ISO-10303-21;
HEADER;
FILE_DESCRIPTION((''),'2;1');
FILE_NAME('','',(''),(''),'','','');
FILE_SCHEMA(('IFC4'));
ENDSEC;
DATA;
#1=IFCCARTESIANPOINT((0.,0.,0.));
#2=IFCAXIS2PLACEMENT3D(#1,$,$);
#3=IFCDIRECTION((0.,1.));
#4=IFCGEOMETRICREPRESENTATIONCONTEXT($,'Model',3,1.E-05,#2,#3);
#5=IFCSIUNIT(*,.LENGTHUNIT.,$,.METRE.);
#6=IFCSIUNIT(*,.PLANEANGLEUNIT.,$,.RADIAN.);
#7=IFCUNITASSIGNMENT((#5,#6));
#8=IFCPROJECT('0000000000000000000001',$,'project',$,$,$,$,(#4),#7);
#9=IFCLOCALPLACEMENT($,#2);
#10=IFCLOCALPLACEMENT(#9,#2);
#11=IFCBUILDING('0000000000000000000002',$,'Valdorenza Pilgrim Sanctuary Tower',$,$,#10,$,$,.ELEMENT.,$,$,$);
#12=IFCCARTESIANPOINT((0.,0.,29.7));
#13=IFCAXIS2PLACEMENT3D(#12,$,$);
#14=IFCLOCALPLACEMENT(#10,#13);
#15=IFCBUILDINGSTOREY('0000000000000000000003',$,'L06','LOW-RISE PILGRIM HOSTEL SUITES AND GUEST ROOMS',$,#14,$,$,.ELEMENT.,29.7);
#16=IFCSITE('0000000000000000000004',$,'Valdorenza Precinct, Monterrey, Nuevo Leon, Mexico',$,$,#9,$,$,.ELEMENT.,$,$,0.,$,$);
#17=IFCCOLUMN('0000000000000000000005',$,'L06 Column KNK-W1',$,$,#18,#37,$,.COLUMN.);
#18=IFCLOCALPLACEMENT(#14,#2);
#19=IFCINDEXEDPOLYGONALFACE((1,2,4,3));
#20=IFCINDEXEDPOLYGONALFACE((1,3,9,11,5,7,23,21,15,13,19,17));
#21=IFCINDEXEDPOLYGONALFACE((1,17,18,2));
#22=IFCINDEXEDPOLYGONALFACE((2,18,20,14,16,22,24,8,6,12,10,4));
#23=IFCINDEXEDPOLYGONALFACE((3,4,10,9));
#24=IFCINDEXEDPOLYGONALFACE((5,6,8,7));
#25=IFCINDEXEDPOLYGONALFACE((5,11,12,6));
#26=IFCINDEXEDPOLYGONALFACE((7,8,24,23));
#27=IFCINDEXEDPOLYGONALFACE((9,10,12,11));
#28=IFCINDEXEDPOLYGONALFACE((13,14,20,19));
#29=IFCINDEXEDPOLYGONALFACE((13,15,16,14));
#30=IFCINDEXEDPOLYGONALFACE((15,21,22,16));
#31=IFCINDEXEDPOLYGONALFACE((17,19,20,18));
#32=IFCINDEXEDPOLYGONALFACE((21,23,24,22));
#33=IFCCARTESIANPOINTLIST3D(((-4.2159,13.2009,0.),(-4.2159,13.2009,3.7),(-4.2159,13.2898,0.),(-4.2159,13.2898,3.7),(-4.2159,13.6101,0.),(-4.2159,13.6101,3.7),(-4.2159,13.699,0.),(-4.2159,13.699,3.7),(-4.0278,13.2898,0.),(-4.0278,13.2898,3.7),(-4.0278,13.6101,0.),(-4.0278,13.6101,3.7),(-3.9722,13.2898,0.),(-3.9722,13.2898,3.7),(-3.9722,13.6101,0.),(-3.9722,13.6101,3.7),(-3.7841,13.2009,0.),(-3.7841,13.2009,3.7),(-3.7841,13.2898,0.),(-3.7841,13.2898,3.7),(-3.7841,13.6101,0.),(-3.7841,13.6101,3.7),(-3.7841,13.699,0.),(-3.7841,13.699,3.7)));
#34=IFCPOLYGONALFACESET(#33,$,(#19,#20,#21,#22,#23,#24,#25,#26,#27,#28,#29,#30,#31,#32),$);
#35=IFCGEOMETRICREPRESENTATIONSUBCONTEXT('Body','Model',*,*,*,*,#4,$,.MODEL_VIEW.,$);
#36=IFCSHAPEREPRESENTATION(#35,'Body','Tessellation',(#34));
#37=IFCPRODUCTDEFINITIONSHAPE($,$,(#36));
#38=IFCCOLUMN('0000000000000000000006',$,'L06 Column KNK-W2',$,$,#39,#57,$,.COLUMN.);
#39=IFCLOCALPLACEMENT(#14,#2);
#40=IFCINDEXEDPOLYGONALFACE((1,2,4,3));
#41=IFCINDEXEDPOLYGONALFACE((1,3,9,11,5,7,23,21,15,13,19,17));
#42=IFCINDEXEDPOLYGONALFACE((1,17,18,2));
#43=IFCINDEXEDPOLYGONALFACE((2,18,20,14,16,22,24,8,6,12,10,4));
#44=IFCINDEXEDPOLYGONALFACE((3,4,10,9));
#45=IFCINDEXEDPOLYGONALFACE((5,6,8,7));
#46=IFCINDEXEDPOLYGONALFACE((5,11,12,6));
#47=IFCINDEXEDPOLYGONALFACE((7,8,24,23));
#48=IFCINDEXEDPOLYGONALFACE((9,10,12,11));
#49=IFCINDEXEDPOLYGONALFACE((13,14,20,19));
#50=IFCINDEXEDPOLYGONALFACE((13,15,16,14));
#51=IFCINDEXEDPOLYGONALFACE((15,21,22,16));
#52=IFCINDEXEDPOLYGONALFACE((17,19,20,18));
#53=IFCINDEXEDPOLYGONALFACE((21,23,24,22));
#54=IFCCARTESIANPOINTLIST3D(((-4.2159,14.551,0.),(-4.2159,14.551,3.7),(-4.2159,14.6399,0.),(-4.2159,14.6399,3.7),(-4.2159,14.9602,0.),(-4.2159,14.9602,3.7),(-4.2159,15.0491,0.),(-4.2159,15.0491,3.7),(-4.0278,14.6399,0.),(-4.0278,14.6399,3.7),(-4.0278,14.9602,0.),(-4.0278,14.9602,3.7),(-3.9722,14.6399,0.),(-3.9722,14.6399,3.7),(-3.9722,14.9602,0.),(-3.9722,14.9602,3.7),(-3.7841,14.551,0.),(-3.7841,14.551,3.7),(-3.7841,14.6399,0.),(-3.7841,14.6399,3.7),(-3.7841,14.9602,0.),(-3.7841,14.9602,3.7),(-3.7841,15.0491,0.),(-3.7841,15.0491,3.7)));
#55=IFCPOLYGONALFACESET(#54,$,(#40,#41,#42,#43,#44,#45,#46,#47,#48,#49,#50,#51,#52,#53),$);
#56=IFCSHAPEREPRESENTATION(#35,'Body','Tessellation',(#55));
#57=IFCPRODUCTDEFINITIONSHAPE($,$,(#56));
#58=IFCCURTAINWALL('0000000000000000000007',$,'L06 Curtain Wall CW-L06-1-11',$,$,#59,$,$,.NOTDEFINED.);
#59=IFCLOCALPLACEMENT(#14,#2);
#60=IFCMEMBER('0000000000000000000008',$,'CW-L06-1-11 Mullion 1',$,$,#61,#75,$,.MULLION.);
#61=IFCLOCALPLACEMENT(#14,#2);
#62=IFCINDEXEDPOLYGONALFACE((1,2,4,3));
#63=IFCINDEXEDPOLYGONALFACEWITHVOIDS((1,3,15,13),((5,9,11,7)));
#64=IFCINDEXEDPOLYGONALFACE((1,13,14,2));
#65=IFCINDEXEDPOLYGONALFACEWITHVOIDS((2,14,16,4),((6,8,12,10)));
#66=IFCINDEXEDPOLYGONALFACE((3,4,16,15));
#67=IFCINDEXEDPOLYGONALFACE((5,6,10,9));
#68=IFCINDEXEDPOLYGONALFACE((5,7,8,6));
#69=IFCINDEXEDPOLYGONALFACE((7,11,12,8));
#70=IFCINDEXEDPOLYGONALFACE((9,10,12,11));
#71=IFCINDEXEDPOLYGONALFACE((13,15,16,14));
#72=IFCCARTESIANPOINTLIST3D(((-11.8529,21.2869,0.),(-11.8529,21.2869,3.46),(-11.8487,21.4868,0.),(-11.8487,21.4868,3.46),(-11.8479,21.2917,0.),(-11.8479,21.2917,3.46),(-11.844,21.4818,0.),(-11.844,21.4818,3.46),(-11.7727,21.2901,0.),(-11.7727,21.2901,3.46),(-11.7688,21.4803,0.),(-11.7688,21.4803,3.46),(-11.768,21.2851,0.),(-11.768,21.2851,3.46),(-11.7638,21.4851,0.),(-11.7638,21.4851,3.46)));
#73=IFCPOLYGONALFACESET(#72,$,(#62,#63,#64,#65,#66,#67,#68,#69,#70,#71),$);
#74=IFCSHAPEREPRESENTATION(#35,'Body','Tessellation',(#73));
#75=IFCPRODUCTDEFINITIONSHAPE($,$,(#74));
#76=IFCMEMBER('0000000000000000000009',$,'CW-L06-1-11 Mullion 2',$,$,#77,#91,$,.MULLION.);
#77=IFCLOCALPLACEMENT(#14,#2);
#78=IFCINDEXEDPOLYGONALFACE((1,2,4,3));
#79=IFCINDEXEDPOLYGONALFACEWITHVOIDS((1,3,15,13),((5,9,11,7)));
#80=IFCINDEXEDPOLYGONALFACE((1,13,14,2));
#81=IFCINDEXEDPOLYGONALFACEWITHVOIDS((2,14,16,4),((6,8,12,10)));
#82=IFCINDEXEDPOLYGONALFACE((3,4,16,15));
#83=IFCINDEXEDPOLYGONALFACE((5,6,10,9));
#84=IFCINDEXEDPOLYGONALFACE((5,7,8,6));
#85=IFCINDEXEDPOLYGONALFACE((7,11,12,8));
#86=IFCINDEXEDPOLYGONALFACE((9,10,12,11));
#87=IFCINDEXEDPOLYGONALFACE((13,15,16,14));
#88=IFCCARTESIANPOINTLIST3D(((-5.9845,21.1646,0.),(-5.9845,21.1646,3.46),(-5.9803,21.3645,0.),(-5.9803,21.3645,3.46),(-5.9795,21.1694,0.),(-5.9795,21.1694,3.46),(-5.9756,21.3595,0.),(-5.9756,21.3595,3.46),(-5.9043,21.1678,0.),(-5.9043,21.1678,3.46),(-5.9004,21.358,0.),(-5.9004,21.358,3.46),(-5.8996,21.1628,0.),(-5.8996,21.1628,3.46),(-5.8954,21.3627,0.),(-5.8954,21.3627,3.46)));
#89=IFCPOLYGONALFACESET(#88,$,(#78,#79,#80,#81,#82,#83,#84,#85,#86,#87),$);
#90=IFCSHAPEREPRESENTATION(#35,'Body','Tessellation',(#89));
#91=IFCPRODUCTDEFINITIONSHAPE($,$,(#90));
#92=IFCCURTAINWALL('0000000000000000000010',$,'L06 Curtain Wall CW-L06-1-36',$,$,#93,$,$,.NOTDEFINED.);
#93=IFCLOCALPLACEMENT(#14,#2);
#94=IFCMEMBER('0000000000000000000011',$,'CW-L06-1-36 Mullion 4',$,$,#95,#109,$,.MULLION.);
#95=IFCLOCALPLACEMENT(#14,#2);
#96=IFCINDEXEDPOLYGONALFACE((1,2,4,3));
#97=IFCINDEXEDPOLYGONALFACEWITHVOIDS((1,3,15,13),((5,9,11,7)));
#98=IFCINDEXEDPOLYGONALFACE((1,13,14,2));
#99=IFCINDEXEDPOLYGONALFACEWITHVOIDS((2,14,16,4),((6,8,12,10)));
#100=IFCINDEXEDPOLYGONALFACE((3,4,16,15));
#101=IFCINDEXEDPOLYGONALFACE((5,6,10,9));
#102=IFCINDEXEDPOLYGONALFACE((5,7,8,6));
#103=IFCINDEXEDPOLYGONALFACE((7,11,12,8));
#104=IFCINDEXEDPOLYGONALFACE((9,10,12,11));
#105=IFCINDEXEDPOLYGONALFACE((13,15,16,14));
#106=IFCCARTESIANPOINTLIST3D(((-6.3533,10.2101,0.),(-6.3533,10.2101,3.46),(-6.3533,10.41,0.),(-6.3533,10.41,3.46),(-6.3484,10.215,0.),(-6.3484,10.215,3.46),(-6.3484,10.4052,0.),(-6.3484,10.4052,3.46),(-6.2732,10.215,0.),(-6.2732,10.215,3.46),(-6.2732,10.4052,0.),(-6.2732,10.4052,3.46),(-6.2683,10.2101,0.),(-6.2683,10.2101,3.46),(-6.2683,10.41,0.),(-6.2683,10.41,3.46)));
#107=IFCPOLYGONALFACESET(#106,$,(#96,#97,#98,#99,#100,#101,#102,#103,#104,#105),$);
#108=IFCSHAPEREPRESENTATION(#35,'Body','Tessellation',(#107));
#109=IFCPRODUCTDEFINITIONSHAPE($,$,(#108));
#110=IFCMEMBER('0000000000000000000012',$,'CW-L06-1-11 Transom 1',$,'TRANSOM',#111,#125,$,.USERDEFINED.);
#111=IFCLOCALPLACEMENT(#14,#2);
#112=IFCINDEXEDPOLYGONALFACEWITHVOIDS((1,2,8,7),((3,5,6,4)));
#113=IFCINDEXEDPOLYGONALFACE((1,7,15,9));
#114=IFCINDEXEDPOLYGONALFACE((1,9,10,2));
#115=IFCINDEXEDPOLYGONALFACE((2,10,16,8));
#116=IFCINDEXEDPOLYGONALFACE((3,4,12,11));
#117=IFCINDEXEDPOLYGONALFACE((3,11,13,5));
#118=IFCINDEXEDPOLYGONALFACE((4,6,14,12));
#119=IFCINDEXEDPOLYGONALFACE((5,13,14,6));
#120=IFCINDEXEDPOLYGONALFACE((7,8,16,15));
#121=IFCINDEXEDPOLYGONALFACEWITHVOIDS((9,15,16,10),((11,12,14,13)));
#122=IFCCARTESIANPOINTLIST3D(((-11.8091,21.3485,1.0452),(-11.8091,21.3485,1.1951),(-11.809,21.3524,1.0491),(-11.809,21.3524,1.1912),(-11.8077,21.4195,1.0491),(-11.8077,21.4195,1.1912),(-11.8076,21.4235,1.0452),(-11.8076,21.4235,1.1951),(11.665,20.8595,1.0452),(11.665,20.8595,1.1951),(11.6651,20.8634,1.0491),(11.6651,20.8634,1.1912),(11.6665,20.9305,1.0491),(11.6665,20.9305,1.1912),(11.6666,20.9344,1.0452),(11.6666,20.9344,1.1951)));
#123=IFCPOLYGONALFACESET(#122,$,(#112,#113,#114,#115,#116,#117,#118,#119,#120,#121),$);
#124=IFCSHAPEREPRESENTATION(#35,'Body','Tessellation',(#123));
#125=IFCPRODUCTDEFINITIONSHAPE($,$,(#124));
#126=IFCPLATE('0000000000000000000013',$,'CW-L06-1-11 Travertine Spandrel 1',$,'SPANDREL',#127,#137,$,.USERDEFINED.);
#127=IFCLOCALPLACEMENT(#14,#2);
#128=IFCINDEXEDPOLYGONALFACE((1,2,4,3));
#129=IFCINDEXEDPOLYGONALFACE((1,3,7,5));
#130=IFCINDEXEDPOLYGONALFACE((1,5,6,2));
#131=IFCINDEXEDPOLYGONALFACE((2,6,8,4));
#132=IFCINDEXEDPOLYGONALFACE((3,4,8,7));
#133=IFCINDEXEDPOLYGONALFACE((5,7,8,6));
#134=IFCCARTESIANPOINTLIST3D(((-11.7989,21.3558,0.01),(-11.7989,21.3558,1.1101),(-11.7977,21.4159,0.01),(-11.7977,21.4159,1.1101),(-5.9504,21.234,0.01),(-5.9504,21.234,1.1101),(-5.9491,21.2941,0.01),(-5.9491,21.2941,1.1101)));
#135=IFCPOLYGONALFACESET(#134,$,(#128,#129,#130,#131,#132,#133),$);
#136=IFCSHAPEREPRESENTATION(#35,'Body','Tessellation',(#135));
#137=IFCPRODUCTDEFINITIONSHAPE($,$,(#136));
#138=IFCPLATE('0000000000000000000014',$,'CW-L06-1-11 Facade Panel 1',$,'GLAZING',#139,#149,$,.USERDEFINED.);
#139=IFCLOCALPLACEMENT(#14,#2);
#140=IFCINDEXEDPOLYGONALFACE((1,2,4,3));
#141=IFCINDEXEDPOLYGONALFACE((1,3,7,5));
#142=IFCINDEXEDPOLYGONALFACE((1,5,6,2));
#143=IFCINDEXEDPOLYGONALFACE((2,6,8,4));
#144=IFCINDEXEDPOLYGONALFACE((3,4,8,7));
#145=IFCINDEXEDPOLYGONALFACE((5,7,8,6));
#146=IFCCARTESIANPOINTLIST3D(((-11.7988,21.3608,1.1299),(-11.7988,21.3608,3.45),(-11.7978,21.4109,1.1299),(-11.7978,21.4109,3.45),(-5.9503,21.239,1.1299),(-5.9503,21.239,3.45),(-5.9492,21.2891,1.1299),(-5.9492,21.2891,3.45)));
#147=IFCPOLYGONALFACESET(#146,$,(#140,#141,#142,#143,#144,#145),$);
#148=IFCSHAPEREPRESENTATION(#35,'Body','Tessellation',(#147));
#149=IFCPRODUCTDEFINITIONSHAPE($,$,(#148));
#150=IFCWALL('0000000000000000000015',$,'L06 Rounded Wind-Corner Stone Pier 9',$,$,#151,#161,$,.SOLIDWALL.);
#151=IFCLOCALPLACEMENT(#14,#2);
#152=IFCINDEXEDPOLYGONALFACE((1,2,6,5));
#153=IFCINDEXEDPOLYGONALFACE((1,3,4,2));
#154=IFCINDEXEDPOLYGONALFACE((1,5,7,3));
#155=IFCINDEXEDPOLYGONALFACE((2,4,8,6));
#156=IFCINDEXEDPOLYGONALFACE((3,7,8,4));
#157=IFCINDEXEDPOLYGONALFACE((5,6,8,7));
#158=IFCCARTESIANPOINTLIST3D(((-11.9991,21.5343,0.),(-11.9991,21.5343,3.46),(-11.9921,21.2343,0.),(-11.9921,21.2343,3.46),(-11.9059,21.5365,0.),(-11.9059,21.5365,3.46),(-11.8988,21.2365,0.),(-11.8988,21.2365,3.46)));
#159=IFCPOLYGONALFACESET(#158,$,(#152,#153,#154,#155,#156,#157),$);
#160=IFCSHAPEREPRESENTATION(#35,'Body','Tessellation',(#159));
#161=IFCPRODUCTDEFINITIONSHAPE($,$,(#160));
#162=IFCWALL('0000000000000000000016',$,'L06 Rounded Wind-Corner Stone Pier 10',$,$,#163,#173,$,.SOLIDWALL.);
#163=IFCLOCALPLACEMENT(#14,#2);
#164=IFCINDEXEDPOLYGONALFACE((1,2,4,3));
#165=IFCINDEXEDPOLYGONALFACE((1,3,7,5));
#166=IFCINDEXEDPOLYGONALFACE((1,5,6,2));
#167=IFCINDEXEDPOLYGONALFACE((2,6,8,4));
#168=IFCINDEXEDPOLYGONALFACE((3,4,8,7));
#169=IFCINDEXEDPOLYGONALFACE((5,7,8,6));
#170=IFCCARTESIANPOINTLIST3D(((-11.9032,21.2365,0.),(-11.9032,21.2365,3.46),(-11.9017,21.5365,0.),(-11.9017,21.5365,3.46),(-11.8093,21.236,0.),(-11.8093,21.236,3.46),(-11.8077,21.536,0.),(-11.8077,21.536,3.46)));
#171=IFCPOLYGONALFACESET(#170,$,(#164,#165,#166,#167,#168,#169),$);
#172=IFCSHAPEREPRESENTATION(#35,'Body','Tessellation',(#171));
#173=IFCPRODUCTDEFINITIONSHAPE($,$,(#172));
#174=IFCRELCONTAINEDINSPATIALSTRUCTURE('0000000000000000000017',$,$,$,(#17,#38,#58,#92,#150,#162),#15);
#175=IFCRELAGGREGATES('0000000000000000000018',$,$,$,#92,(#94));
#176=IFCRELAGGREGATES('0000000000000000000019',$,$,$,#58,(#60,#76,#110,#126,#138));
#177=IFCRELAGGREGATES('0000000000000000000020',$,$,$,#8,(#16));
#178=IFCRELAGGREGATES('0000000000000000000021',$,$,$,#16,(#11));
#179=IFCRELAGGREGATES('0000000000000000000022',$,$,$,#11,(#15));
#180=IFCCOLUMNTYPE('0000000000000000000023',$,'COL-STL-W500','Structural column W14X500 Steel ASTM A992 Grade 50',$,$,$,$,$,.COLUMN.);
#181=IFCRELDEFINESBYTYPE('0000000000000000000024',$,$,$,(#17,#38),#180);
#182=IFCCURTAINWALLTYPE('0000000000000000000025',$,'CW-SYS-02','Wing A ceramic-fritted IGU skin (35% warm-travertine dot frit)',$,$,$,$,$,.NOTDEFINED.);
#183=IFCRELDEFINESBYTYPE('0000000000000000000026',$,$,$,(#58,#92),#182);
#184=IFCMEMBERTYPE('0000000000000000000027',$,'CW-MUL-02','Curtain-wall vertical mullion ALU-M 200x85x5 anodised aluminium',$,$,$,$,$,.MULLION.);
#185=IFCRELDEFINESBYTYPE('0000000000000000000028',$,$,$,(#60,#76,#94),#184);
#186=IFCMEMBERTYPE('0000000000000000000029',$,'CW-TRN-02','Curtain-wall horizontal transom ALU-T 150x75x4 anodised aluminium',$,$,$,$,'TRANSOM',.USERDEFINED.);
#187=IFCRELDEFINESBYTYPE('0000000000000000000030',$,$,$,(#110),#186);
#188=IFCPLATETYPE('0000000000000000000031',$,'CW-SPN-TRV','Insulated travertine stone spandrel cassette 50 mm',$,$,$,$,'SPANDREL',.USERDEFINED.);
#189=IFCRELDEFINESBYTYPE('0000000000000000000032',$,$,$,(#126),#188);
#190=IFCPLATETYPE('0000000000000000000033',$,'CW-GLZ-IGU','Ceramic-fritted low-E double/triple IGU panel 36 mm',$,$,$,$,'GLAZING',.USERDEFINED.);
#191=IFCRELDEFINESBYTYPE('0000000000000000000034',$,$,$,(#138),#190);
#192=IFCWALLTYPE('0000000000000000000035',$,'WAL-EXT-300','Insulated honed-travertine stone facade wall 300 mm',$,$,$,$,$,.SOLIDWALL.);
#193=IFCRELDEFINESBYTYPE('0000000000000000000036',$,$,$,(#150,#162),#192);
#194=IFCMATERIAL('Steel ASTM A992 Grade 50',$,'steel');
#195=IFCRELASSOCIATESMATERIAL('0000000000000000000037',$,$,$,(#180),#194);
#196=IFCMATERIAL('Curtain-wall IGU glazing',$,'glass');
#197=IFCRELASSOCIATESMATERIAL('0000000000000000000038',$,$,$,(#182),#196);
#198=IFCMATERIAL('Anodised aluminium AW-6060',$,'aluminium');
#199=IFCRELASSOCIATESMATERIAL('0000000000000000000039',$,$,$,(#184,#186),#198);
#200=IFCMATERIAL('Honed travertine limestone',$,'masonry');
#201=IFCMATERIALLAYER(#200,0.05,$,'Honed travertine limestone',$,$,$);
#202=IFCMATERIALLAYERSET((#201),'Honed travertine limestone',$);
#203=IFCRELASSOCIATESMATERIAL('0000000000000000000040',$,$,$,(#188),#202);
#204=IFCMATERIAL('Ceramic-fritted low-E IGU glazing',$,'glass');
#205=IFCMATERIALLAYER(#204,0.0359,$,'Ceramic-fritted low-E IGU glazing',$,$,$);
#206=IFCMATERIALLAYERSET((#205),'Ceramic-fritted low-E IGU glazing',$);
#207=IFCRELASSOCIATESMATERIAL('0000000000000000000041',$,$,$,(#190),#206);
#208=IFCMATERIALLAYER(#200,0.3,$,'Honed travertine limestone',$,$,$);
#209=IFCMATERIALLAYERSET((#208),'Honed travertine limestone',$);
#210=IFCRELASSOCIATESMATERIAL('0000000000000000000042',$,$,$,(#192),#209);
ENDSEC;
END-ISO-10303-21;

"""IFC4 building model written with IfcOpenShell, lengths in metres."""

from ifc_helpers import new_model, si_unit, direction, frame, frame_2d, origin, origin_2d, place, context, subcontext, project, spatial, rectangle, hollow_rectangle, i_section, extrude, source, transform, mapped, material, layer, layer_set, material_profile, profile_set, type_object, element, aggregate, save


model = new_model("IFC4")

# Units and contexts
model_context = context("Model", 3, precision=1e-05, world=origin(), true_north=direction((0.0, 1.0)))
body_context = subcontext(model_context, "Body", "Model", "MODEL_VIEW")
ifc_project = project(units=[si_unit("LENGTHUNIT", "METRE"), si_unit("PLANEANGLEUNIT", "RADIAN")], contexts=[model_context])

# Site, building, storey
site_placement = place(None, origin())
site = spatial("IfcSite", under=ifc_project, at=site_placement, Name="Valdorenza Precinct, Monterrey, Nuevo Leon, Mexico", CompositionType="ELEMENT", RefElevation=0.0)
building_placement = place(site_placement, origin())
building = spatial("IfcBuilding", under=site, at=building_placement, Name="Valdorenza Pilgrim Sanctuary Tower", CompositionType="ELEMENT")
storey_placement = place(building_placement, frame((0.0, 0.0, 29.7)))
storey = spatial("IfcBuildingStorey", under=building, at=storey_placement, Name="L06", Description="LOW-RISE PILGRIM HOSTEL SUITES AND GUEST ROOMS", CompositionType="ELEMENT", Elevation=29.7)

# Columns
ifc_material_1 = material(Name="Steel ASTM A992 Grade 50", Category="steel")
ifc_material_profile_1 = material_profile(ifc_material_1, i_section(OverallWidth=0.4319, OverallDepth=0.498, WebThickness=0.0557, FlangeThickness=0.0889, at=origin_2d()), Name="W14X500")
ifc_profile_set_1 = profile_set([ifc_material_profile_1], Name="Steel ASTM A992 Grade 50")
column_type = type_object("IfcColumnType", Name="COL-STL-W500", Description="Structural column W14X500 Steel ASTM A992 Grade 50", PredefinedType="COLUMN", material=ifc_profile_set_1)
shared_shape_1 = source(origin(), body_context, "Body", "SweptSolid", [
    extrude(i_section(OverallWidth=0.4319, OverallDepth=0.498, WebThickness=0.0557, FlangeThickness=0.0889, at=origin_2d()), origin(), (0.0, 0.0, 1.0), 3.7),
])
for number, where, z_axis, x_axis, name in (
    (1, (-4.0, 13.45, 0.0), (0.0, 0.0, 1.0), (1.0, 0.0, 0.0), "L06 Column KNK-W1"),
    (2, (-4.0, 14.8, 0.0), (0.0, 0.0, 1.0), (1.0, 0.0, 0.0), "L06 Column KNK-W2"),
):
    element("IfcColumn", number, at=place(storey_placement, frame(where, z_axis=z_axis, x_axis=x_axis)), inside=storey, type_object=column_type, Name=name, PredefinedType="COLUMN", context=body_context, shape_type="MappedRepresentation", body=[
        mapped(shared_shape_1, transform((0.0, 0.0, 0.0), x_axis=(1.0, 0.0, 0.0), y_axis=(0.0, 1.0, 0.0), z_axis=(0.0, 0.0, 1.0), scale=1.0)),
    ])

# Curtain wall, members
ifc_material_2 = material(Name="Curtain-wall IGU glazing", Category="glass")
curtain_wall_type = type_object("IfcCurtainWallType", Name="CW-SYS-02", Description="Wing A ceramic-fritted IGU skin (35% warm-travertine dot frit)", PredefinedType="NOTDEFINED", material=ifc_material_2)
curtain_wall_1_placement = place(storey_placement, origin())
curtain_wall_1 = element("IfcCurtainWall", 3, at=curtain_wall_1_placement, inside=storey, type_object=curtain_wall_type, Name="L06 Curtain Wall CW-L06-1-11", PredefinedType="NOTDEFINED")
ifc_material_3 = material(Name="Anodised aluminium AW-6060", Category="aluminium")
ifc_material_profile_2 = material_profile(ifc_material_3, hollow_rectangle(XDim=0.085, YDim=0.2, WallThickness=0.0049, at=origin_2d()), Name="ALU-M 200x85x5")
ifc_profile_set_2 = profile_set([ifc_material_profile_2], Name="Anodised aluminium AW-6060")
member_type_1 = type_object("IfcMemberType", Name="CW-MUL-02", Description="Curtain-wall vertical mullion ALU-M 200x85x5 anodised aluminium", PredefinedType="MULLION", material=ifc_profile_set_2)
shared_shape_2 = source(origin(), body_context, "Body", "SweptSolid", [
    extrude(hollow_rectangle(XDim=0.085, YDim=0.2, WallThickness=0.0049, at=origin_2d()), origin(), (0.0, 0.0, 1.0), 3.46),
])
member_1_placement = place(storey_placement, frame((-11.8083, 21.386, 0.0), z_axis=(0.0, 0.0, 1.0), x_axis=(0.999783, -0.02082, 0.0)))
member_1 = element("IfcMember", 4, at=member_1_placement, type_object=member_type_1, Name="CW-L06-1-11 Mullion 1", PredefinedType="MULLION", context=body_context, shape_type="MappedRepresentation", body=[
    mapped(shared_shape_2, transform((0.0, 0.0, 0.0), x_axis=(1.0, 0.0, 0.0), y_axis=(0.0, 1.0, 0.0), z_axis=(0.0, 0.0, 1.0), scale=1.0)),
])
member_2_placement = place(storey_placement, frame((-5.9399, 21.2637, 0.0), z_axis=(0.0, 0.0, 1.0), x_axis=(0.999783, -0.02082, 0.0)))
member_2 = element("IfcMember", 5, at=member_2_placement, type_object=member_type_1, Name="CW-L06-1-11 Mullion 2", PredefinedType="MULLION", context=body_context, shape_type="MappedRepresentation", body=[
    mapped(shared_shape_2, transform((0.0, 0.0, 0.0), x_axis=(1.0, 0.0, 0.0), y_axis=(0.0, 1.0, 0.0), z_axis=(0.0, 0.0, 1.0), scale=1.0)),
])

# Curtain wall, member
curtain_wall_2_placement = place(storey_placement, origin())
curtain_wall_2 = element("IfcCurtainWall", 6, at=curtain_wall_2_placement, inside=storey, type_object=curtain_wall_type, Name="L06 Curtain Wall CW-L06-1-36", PredefinedType="NOTDEFINED")
member_3_placement = place(storey_placement, frame((-6.3108, 10.3101, 0.0), z_axis=(0.0, 0.0, 1.0), x_axis=(-1.0, 0.0, 0.0)))
member_3 = element("IfcMember", 7, at=member_3_placement, type_object=member_type_1, Name="CW-L06-1-36 Mullion 4", PredefinedType="MULLION", context=body_context, shape_type="MappedRepresentation", body=[
    mapped(shared_shape_2, transform((0.0, 0.0, 0.0), x_axis=(1.0, 0.0, 0.0), y_axis=(0.0, 1.0, 0.0), z_axis=(0.0, 0.0, 1.0), scale=1.0)),
])
aggregate(curtain_wall_2, [member_3])

# Member
ifc_material_profile_3 = material_profile(ifc_material_3, hollow_rectangle(XDim=0.075, YDim=0.1499, WallThickness=0.0039, at=origin_2d()), Name="ALU-T 150x75x4")
ifc_profile_set_3 = profile_set([ifc_material_profile_3], Name="Anodised aluminium AW-6060")
member_type_2 = type_object("IfcMemberType", Name="CW-TRN-02", Description="Curtain-wall horizontal transom ALU-T 150x75x4 anodised aluminium", ElementType="TRANSOM", PredefinedType="USERDEFINED", material=ifc_profile_set_3)
shared_shape_3 = source(origin(), body_context, "Body", "SweptSolid", [
    extrude(hollow_rectangle(XDim=0.075, YDim=0.1499, WallThickness=0.0039, at=origin_2d()), origin(), (0.0, 0.0, 1.0), 23.4792),
])
member_4_placement = place(storey_placement, frame((-11.8083, 21.386, 1.1201), z_axis=(0.999783, -0.020828, 0.0), x_axis=(0.020828, 0.999783, 0.0)))
member_4 = element("IfcMember", 8, at=member_4_placement, type_object=member_type_2, Name="CW-L06-1-11 Transom 1", ObjectType="TRANSOM", PredefinedType="USERDEFINED", context=body_context, shape_type="MappedRepresentation", body=[
    mapped(shared_shape_3, transform((0.0, 0.0, 0.0), x_axis=(1.0, 0.0, 0.0), y_axis=(0.0, 1.0, 0.0), z_axis=(0.0, 0.0, 1.0), scale=1.0)),
])

# Plates
ifc_material_4 = material(Name="Honed travertine limestone", Category="masonry")
ifc_layer_1 = layer(ifc_material_4, 0.05, Name="Honed travertine limestone")
ifc_layer_set_1 = layer_set([ifc_layer_1], Name="Honed travertine limestone")
plate_type_1 = type_object("IfcPlateType", Name="CW-SPN-TRV", Description="Insulated travertine stone spandrel cassette 50 mm", ElementType="SPANDREL", PredefinedType="USERDEFINED", material=ifc_layer_set_1)
shared_shape_4 = source(origin(), body_context, "Body", "SweptSolid", [
    extrude(rectangle(XDim=5.8499, YDim=0.0601, at=origin_2d()), origin(), (0.0, 0.0, 1.0), 1.1001),
])
plate_1_placement = place(storey_placement, frame((-8.874, 21.325, 0.01), z_axis=(0.0, 0.0, 1.0), x_axis=(0.999783, -0.02082, 0.0)))
plate_1 = element("IfcPlate", 9, at=plate_1_placement, type_object=plate_type_1, Name="CW-L06-1-11 Travertine Spandrel 1", ObjectType="SPANDREL", PredefinedType="USERDEFINED", context=body_context, shape_type="MappedRepresentation", body=[
    mapped(shared_shape_4, transform((0.0, 0.0, 0.0), x_axis=(1.0, 0.0, 0.0), y_axis=(0.0, 1.0, 0.0), z_axis=(0.0, 0.0, 1.0), scale=1.0)),
])
ifc_material_5 = material(Name="Ceramic-fritted low-E IGU glazing", Category="glass")
ifc_layer_2 = layer(ifc_material_5, 0.0359, Name="Ceramic-fritted low-E IGU glazing")
ifc_layer_set_2 = layer_set([ifc_layer_2], Name="Ceramic-fritted low-E IGU glazing")
plate_type_2 = type_object("IfcPlateType", Name="CW-GLZ-IGU", Description="Ceramic-fritted low-E double/triple IGU panel 36 mm", ElementType="GLAZING", PredefinedType="USERDEFINED", material=ifc_layer_set_2)
shared_shape_5 = source(origin(), body_context, "Body", "SweptSolid", [
    extrude(rectangle(XDim=5.8499, YDim=0.05, at=origin_2d()), origin(), (0.0, 0.0, 1.0), 2.3201),
])
plate_2_placement = place(storey_placement, frame((-8.874, 21.325, 1.1299), z_axis=(0.0, 0.0, 1.0), x_axis=(0.999783, -0.02082, 0.0)))
plate_2 = element("IfcPlate", 10, at=plate_2_placement, type_object=plate_type_2, Name="CW-L06-1-11 Facade Panel 1", ObjectType="GLAZING", PredefinedType="USERDEFINED", context=body_context, shape_type="MappedRepresentation", body=[
    mapped(shared_shape_5, transform((0.0, 0.0, 0.0), x_axis=(1.0, 0.0, 0.0), y_axis=(0.0, 1.0, 0.0), z_axis=(0.0, 0.0, 1.0), scale=1.0)),
])
aggregate(curtain_wall_1, [member_1, member_2, member_4, plate_1, plate_2])

# Walls
ifc_layer_3 = layer(ifc_material_4, 0.3, Name="Honed travertine limestone")
ifc_layer_set_3 = layer_set([ifc_layer_3], Name="Honed travertine limestone")
wall_type_1 = type_object("IfcWallType", Name="WAL-EXT-300", Description="Insulated honed-travertine stone facade wall 300 mm", PredefinedType="SOLIDWALL", material=ifc_layer_set_3)
wall_1_placement = place(storey_placement, frame((-11.9956, 21.3843, 0.0), z_axis=(0.0, 0.0, 1.0), x_axis=(0.999723, 0.023554, 0.0)))
element("IfcWall", 11, at=wall_1_placement, inside=storey, type_object=wall_type_1, Name="L06 Rounded Wind-Corner Stone Pier 9", PredefinedType="SOLIDWALL", context=body_context, shape_type="SweptSolid", body=[
    extrude(rectangle(XDim=0.0933, YDim=0.3, at=frame_2d((0.0466, 0.0))), origin(), (0.0, 0.0, 1.0), 3.46),
])
wall_2_placement = place(storey_placement, frame((-11.9023, 21.3865, 0.0), z_axis=(0.0, 0.0, 1.0), x_axis=(0.999987, -0.005195, 0.0)))
element("IfcWall", 12, at=wall_2_placement, inside=storey, type_object=wall_type_1, Name="L06 Rounded Wind-Corner Stone Pier 10", PredefinedType="SOLIDWALL", context=body_context, shape_type="SweptSolid", body=[
    extrude(rectangle(XDim=0.094, YDim=0.3, at=frame_2d((0.0469, 0.0))), origin(), (0.0, 0.0, 1.0), 3.46),
])

save(model, "model.ifc")
